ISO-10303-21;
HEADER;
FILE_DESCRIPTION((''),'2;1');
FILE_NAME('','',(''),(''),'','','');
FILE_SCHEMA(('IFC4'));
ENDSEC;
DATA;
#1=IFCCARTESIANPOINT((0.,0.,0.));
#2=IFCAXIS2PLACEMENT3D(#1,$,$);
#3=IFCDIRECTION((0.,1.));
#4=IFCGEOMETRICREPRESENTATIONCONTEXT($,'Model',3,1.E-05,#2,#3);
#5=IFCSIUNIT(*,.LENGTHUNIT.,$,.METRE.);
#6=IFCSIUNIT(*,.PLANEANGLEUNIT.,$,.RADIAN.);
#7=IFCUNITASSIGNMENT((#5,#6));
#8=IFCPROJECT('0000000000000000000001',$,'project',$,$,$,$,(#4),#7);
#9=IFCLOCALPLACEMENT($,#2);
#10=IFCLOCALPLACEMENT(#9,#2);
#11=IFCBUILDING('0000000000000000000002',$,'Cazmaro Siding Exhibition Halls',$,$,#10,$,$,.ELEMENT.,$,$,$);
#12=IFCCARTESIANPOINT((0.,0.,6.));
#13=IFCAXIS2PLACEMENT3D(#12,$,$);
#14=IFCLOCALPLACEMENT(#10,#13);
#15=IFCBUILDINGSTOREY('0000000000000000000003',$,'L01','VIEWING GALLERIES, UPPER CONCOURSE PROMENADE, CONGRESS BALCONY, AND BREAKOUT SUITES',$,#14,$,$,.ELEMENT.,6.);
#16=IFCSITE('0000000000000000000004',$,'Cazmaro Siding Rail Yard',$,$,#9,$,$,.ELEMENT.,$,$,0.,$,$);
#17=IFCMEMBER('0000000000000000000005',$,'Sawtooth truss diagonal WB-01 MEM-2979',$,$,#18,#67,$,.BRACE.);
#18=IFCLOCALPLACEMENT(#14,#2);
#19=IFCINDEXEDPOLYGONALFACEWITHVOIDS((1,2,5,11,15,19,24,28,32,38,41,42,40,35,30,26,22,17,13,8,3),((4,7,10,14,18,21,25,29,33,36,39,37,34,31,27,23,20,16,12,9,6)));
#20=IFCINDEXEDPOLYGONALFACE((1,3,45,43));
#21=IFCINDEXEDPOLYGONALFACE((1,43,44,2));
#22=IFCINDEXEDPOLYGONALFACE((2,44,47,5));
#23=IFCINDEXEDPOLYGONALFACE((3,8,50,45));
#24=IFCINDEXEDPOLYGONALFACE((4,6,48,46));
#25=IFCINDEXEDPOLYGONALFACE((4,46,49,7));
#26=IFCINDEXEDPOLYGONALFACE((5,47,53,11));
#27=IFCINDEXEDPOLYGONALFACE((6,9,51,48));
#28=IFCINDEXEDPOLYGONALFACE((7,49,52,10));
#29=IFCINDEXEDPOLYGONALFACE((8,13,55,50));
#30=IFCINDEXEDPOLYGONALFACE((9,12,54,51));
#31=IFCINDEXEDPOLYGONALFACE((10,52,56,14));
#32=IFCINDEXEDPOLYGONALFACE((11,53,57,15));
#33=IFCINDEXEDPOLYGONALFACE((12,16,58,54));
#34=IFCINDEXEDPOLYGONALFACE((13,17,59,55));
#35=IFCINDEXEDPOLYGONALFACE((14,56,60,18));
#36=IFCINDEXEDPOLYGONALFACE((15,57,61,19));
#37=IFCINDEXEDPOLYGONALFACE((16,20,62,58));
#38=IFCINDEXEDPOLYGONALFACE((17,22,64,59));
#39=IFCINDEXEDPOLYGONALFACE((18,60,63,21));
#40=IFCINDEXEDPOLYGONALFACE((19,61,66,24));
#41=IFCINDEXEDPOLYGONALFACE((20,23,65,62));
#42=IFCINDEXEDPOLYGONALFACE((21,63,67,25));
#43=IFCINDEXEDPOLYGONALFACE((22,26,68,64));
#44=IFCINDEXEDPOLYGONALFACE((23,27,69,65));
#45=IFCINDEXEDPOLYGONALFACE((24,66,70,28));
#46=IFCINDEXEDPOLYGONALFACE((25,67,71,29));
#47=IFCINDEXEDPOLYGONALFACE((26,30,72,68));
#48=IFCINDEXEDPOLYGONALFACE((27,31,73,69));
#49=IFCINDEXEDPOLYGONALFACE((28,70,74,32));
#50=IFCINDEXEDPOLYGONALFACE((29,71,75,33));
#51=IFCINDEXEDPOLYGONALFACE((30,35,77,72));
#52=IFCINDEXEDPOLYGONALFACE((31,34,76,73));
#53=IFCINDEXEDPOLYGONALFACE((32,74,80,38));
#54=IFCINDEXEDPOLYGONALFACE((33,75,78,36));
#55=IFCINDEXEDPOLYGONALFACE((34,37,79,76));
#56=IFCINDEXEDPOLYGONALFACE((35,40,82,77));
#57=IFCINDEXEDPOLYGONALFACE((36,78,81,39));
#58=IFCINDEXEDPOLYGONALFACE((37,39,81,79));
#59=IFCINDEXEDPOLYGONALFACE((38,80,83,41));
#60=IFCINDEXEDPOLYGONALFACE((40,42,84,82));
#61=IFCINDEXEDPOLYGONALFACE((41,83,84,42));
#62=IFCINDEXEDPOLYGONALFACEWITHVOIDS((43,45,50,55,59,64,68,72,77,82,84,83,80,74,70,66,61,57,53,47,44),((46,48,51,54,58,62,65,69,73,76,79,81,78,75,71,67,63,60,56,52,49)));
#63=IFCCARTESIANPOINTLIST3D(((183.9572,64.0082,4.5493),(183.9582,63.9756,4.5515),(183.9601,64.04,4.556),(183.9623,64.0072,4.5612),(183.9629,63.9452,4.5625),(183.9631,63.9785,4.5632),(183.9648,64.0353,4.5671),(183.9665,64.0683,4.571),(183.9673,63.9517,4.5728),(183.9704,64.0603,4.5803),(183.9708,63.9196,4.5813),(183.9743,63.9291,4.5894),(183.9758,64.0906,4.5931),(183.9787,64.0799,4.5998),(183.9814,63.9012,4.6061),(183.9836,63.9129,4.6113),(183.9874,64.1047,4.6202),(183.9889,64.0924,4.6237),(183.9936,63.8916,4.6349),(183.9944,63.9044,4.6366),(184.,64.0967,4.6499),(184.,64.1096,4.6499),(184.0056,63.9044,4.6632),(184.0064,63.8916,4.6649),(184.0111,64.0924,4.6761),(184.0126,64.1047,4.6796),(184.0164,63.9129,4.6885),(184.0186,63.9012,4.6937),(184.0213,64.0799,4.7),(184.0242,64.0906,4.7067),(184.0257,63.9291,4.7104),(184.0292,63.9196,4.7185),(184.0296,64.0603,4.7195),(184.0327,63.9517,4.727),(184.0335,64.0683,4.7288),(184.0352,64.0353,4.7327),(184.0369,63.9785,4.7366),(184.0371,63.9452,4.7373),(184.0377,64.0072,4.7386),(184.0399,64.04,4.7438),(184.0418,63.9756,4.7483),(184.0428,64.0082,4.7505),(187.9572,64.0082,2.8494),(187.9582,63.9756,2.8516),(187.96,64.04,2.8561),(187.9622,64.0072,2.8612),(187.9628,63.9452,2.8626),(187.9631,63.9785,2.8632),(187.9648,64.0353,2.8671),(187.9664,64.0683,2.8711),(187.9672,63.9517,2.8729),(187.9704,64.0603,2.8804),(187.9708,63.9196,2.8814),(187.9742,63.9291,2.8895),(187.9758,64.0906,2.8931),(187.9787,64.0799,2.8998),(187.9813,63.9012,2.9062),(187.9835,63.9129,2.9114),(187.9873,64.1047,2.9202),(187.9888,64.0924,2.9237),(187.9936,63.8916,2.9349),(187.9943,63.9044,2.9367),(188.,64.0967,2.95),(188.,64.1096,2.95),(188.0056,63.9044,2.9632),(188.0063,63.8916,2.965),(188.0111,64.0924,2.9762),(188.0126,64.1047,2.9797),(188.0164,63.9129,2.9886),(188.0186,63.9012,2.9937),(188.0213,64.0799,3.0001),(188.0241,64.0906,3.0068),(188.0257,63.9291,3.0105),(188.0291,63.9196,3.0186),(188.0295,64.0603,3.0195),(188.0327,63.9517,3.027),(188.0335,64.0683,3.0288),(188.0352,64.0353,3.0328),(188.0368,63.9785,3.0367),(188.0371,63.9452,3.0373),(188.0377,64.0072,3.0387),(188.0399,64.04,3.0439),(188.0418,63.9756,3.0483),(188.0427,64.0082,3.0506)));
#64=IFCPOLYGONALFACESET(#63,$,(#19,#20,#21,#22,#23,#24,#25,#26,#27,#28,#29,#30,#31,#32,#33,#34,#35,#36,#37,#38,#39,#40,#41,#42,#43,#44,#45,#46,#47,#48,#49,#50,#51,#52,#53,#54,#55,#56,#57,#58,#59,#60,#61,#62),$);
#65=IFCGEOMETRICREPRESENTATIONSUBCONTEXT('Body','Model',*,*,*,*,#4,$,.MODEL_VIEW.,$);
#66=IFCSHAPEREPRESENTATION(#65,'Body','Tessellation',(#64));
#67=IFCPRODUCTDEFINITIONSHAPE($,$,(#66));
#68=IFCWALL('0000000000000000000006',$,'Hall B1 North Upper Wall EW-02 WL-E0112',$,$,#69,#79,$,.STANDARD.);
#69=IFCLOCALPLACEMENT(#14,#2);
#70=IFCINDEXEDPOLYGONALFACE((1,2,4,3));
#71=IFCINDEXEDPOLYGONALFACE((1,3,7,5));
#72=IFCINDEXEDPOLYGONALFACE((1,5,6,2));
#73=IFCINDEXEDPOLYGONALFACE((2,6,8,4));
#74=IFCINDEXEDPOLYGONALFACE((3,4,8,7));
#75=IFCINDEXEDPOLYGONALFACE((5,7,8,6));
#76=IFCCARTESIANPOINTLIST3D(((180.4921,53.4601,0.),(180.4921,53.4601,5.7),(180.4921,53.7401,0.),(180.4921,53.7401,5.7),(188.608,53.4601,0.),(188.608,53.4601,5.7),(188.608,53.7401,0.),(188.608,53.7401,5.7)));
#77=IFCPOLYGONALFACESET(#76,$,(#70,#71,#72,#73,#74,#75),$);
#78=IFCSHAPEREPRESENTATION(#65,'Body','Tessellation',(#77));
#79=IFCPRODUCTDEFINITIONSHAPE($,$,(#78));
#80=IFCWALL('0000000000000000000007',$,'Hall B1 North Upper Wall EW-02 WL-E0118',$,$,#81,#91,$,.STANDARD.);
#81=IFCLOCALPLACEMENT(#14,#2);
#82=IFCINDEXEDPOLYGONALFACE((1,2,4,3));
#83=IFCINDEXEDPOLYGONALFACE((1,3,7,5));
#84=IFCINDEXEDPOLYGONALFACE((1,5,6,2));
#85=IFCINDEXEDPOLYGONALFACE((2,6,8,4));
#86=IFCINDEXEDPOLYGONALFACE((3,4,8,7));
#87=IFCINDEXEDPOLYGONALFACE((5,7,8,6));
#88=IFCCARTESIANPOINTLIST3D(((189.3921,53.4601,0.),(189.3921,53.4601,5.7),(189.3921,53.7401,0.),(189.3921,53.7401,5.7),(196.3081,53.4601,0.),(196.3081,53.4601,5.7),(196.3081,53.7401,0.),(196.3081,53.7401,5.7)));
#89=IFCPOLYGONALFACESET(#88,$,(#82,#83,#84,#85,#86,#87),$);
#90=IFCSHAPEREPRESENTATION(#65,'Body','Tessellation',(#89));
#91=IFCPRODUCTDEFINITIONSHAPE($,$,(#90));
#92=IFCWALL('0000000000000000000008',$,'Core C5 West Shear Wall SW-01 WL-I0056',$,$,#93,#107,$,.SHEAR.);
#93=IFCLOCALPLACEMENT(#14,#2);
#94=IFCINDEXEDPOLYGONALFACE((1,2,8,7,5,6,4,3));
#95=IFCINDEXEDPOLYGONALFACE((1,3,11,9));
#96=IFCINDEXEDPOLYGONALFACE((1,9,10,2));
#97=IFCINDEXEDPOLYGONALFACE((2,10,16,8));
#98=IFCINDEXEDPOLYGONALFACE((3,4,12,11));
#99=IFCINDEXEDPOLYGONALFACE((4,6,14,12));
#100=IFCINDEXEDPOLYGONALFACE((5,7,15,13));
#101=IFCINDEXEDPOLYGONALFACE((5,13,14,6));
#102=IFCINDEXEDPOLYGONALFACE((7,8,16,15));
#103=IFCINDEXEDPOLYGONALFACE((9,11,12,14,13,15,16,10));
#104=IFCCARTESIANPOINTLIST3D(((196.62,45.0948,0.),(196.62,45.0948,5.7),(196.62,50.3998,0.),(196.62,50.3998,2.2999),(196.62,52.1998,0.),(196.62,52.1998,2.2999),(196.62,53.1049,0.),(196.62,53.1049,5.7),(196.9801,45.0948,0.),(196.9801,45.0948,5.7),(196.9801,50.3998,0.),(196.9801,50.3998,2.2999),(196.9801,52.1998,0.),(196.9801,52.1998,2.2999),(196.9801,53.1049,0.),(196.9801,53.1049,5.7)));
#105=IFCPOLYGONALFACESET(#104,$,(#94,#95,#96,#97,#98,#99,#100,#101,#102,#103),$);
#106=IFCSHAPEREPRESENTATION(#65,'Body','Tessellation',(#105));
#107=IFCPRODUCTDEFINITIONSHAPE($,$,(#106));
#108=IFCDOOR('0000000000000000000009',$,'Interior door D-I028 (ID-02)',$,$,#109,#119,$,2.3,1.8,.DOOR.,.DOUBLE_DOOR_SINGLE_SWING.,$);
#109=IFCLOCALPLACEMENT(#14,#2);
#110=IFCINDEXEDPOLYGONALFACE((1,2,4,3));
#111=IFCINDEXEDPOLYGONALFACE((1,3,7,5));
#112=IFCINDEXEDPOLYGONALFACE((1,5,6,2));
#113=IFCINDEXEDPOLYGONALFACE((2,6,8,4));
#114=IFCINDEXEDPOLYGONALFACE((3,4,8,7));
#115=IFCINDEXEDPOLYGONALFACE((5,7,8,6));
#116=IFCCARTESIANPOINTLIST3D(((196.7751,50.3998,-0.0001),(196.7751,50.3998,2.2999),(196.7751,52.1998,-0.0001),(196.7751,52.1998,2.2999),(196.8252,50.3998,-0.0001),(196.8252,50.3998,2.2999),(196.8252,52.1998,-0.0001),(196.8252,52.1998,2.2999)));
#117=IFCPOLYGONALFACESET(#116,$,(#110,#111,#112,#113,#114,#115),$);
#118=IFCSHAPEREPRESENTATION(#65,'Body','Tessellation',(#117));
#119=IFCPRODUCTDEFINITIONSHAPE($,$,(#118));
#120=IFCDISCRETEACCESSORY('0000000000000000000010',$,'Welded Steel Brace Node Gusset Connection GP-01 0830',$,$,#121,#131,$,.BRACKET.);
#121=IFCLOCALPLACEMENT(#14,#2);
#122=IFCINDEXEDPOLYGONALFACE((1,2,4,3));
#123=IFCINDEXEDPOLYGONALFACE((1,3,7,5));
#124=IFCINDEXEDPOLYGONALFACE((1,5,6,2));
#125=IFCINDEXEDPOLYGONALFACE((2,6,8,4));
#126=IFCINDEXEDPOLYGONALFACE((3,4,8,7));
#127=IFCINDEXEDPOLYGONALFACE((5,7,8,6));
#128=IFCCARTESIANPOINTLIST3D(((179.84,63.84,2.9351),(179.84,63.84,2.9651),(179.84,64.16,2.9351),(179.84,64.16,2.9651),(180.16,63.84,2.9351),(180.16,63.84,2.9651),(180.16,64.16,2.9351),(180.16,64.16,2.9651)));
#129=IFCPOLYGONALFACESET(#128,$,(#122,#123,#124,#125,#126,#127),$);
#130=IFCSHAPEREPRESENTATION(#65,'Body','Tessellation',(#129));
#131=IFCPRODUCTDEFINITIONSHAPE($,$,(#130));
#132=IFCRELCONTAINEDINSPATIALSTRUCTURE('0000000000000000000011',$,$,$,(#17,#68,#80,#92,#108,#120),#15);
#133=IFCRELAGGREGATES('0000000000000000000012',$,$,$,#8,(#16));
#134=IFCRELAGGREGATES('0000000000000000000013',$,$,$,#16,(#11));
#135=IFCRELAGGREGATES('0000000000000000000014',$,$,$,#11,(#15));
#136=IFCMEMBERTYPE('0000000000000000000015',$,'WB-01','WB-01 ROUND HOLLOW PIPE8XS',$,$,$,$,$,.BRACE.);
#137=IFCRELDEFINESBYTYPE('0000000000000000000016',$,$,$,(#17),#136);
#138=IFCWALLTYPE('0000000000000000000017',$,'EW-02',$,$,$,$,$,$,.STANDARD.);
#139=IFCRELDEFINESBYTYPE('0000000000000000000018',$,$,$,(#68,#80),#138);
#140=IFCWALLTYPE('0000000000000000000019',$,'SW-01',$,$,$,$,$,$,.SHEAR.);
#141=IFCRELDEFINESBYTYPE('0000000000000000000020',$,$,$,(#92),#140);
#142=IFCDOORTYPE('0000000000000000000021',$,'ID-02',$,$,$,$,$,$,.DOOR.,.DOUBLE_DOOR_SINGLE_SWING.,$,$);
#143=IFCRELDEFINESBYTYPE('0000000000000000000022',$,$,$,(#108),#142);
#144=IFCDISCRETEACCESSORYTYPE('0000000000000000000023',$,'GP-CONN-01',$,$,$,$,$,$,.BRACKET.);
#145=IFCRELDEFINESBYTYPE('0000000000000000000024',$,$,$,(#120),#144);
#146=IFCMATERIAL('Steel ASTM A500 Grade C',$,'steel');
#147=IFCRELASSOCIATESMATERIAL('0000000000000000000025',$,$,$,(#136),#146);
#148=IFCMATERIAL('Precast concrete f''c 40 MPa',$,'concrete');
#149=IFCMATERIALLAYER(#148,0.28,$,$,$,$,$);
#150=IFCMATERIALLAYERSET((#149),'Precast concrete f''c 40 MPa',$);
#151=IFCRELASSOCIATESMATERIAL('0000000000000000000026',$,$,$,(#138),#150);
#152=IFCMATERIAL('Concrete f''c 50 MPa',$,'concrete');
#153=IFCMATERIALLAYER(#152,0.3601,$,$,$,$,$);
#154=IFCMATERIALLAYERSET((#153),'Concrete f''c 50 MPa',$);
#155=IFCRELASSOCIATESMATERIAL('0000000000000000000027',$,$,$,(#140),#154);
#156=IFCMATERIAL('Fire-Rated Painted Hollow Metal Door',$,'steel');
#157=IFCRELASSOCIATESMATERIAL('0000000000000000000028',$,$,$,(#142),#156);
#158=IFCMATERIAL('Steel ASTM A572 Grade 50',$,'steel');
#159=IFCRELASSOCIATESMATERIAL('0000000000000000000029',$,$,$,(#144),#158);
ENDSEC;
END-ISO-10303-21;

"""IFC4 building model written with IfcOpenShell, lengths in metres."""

from ifc_helpers import new_model, si_unit, direction, frame, frame_2d, origin, origin_2d, place, context, subcontext, project, spatial, rectangle, hollow_circle, extrude, material, layer, layer_set, material_profile, profile_set, type_object, element, fill, save


model = new_model("IFC4")

# Units and contexts
model_context = context("Model", 3, precision=1e-05, world=origin(), true_north=direction((0.0, 1.0)))
body_context = subcontext(model_context, "Body", "Model", "MODEL_VIEW")
ifc_project = project(units=[si_unit("LENGTHUNIT", "METRE"), si_unit("PLANEANGLEUNIT", "RADIAN")], contexts=[model_context])

# Site, building, storey
site_placement = place(None, origin())
site = spatial("IfcSite", under=ifc_project, at=site_placement, Name="Cazmaro Siding Rail Yard", CompositionType="ELEMENT", RefElevation=0.0)
building_placement = place(site_placement, origin())
building = spatial("IfcBuilding", under=site, at=building_placement, Name="Cazmaro Siding Exhibition Halls", CompositionType="ELEMENT")
storey_placement = place(building_placement, frame((0.0, 0.0, 6.0)))
storey = spatial("IfcBuildingStorey", under=building, at=storey_placement, Name="L01", Description="VIEWING GALLERIES, UPPER CONCOURSE PROMENADE, CONGRESS BALCONY, AND BREAKOUT SUITES", CompositionType="ELEMENT", Elevation=6.0)

# Member
ifc_material_1 = material(Name="Steel ASTM A500 Grade C", Category="steel")
ifc_material_profile_1 = material_profile(ifc_material_1, hollow_circle(Radius=0.1096, WallThickness=0.0129, at=origin_2d()), Name="PIPE8XS")
ifc_profile_set_1 = profile_set([ifc_material_profile_1], Name="Steel ASTM A500 Grade C")
member_type_1 = type_object("IfcMemberType", Name="WB-01", Description="WB-01 ROUND HOLLOW PIPE8XS", PredefinedType="BRACE", material=ifc_profile_set_1)
for number, where, z_axis, x_axis, name in (
    (1, (184.0, 64.0, 4.6499), (0.920335, 0.0, -0.391131), (0.0, 1.0, 0.0), "Sawtooth truss diagonal WB-01 MEM-2979"),
):
    element("IfcMember", number, at=place(storey_placement, frame(where, z_axis=z_axis, x_axis=x_axis)), inside=storey, type_object=member_type_1, Name=name, PredefinedType="BRACE", context=body_context, shape_type="SweptSolid", body=[
        extrude(hollow_circle(Radius=0.1096, WallThickness=0.0129, at=origin_2d()), origin(), (0.0, 0.0, 1.0), 4.3462),
    ])

# Walls
ifc_material_2 = material(Name="Precast concrete f'c 40 MPa", Category="concrete")
ifc_layer_1 = layer(ifc_material_2, 0.28)
ifc_layer_set_1 = layer_set([ifc_layer_1], Name="Precast concrete f'c 40 MPa")
wall_type_1 = type_object("IfcWallType", Name="EW-02", PredefinedType="STANDARD", material=ifc_layer_set_1)
wall_1_placement = place(storey_placement, frame((180.4919, 53.6001, 0.0), z_axis=(0.0, 0.0, 1.0), x_axis=(1.0, 0.0, 0.0)))
element("IfcWall", 2, at=wall_1_placement, inside=storey, type_object=wall_type_1, Name="Hall B1 North Upper Wall EW-02 WL-E0112", PredefinedType="STANDARD", context=body_context, shape_type="SweptSolid", body=[
    extrude(rectangle(XDim=8.116, YDim=0.28, at=frame_2d((4.0581, 0.0))), origin(), (0.0, 0.0, 1.0), 5.7),
])
wall_2_placement = place(storey_placement, frame((189.3921, 53.6001, 0.0), z_axis=(0.0, 0.0, 1.0), x_axis=(1.0, 0.0, 0.0)))
element("IfcWall", 3, at=wall_2_placement, inside=storey, type_object=wall_type_1, Name="Hall B1 North Upper Wall EW-02 WL-E0118", PredefinedType="STANDARD", context=body_context, shape_type="SweptSolid", body=[
    extrude(rectangle(XDim=6.916, YDim=0.28, at=frame_2d((3.458, 0.0))), origin(), (0.0, 0.0, 1.0), 5.7),
])

# Wall, opening, door
ifc_material_3 = material(Name="Concrete f'c 50 MPa", Category="concrete")
ifc_layer_2 = layer(ifc_material_3, 0.3601)
ifc_layer_set_2 = layer_set([ifc_layer_2], Name="Concrete f'c 50 MPa")
wall_type_2 = type_object("IfcWallType", Name="SW-01", PredefinedType="SHEAR", material=ifc_layer_set_2)
wall_3_placement = place(storey_placement, frame((196.8, 45.095, 0.0), z_axis=(0.0, 0.0, 1.0), x_axis=(0.0, 1.0, 0.0)))
wall_3 = element("IfcWall", 4, at=wall_3_placement, inside=storey, type_object=wall_type_2, Name="Core C5 West Shear Wall SW-01 WL-I0056", PredefinedType="SHEAR", context=body_context, shape_type="SweptSolid", body=[
    extrude(rectangle(XDim=8.01, YDim=0.3601, at=frame_2d((4.0049, 0.0))), origin(), (0.0, 0.0, 1.0), 5.7),
])
opening_placement = place(wall_3_placement, frame((5.3049, 0.0, 0.0)))
opening = element("IfcOpeningElement", 5, at=opening_placement, cuts=wall_3, PredefinedType="OPENING", context=body_context, shape_type="SweptSolid", body=[
    extrude(rectangle(XDim=1.8, YDim=2.3, at=frame_2d((0.8999, 1.1499))), frame((0.0, 0.1899, 0.0), z_axis=(0.0, -1.0, 0.0), x_axis=(1.0, 0.0, 0.0)), (0.0, 0.0, 1.0), 0.3801),
])
ifc_material_4 = material(Name="Fire-Rated Painted Hollow Metal Door", Category="steel")
door_type = type_object("IfcDoorType", Name="ID-02", OperationType="DOUBLE_DOOR_SINGLE_SWING", PredefinedType="DOOR", material=ifc_material_4)
door_placement = place(opening_placement, origin())
door = element("IfcDoor", 6, at=door_placement, inside=storey, type_object=door_type, Name="Interior door D-I028 (ID-02)", OperationType="DOUBLE_DOOR_SINGLE_SWING", OverallHeight=2.3, OverallWidth=1.8, PredefinedType="DOOR", context=body_context, shape_type="SweptSolid", body=[
    extrude(rectangle(XDim=1.8, YDim=2.3, at=frame_2d((0.8999, 1.1499))), frame((0.0, 0.0249, 0.0), z_axis=(0.0, -1.0, 0.0), x_axis=(1.0, 0.0, 0.0)), (0.0, 0.0, 1.0), 0.05),
])
fill(opening, door)

# Discrete accessory
ifc_material_5 = material(Name="Steel ASTM A572 Grade 50", Category="steel")
discrete_accessory_type = type_object("IfcDiscreteAccessoryType", Name="GP-CONN-01", PredefinedType="BRACKET", material=ifc_material_5)
discrete_accessory_placement = place(storey_placement, frame((180.0, 64.0, 2.9351), z_axis=(0.0, 0.0, 1.0), x_axis=(1.0, 0.0, 0.0)))
element("IfcDiscreteAccessory", 7, at=discrete_accessory_placement, inside=storey, type_object=discrete_accessory_type, Name="Welded Steel Brace Node Gusset Connection GP-01 0830", PredefinedType="BRACKET", context=body_context, shape_type="SweptSolid", body=[
    extrude(rectangle(XDim=0.3201, YDim=0.3201, at=origin_2d()), origin(), (0.0, 0.0, 1.0), 0.03),
])

save(model, "model.ifc")
